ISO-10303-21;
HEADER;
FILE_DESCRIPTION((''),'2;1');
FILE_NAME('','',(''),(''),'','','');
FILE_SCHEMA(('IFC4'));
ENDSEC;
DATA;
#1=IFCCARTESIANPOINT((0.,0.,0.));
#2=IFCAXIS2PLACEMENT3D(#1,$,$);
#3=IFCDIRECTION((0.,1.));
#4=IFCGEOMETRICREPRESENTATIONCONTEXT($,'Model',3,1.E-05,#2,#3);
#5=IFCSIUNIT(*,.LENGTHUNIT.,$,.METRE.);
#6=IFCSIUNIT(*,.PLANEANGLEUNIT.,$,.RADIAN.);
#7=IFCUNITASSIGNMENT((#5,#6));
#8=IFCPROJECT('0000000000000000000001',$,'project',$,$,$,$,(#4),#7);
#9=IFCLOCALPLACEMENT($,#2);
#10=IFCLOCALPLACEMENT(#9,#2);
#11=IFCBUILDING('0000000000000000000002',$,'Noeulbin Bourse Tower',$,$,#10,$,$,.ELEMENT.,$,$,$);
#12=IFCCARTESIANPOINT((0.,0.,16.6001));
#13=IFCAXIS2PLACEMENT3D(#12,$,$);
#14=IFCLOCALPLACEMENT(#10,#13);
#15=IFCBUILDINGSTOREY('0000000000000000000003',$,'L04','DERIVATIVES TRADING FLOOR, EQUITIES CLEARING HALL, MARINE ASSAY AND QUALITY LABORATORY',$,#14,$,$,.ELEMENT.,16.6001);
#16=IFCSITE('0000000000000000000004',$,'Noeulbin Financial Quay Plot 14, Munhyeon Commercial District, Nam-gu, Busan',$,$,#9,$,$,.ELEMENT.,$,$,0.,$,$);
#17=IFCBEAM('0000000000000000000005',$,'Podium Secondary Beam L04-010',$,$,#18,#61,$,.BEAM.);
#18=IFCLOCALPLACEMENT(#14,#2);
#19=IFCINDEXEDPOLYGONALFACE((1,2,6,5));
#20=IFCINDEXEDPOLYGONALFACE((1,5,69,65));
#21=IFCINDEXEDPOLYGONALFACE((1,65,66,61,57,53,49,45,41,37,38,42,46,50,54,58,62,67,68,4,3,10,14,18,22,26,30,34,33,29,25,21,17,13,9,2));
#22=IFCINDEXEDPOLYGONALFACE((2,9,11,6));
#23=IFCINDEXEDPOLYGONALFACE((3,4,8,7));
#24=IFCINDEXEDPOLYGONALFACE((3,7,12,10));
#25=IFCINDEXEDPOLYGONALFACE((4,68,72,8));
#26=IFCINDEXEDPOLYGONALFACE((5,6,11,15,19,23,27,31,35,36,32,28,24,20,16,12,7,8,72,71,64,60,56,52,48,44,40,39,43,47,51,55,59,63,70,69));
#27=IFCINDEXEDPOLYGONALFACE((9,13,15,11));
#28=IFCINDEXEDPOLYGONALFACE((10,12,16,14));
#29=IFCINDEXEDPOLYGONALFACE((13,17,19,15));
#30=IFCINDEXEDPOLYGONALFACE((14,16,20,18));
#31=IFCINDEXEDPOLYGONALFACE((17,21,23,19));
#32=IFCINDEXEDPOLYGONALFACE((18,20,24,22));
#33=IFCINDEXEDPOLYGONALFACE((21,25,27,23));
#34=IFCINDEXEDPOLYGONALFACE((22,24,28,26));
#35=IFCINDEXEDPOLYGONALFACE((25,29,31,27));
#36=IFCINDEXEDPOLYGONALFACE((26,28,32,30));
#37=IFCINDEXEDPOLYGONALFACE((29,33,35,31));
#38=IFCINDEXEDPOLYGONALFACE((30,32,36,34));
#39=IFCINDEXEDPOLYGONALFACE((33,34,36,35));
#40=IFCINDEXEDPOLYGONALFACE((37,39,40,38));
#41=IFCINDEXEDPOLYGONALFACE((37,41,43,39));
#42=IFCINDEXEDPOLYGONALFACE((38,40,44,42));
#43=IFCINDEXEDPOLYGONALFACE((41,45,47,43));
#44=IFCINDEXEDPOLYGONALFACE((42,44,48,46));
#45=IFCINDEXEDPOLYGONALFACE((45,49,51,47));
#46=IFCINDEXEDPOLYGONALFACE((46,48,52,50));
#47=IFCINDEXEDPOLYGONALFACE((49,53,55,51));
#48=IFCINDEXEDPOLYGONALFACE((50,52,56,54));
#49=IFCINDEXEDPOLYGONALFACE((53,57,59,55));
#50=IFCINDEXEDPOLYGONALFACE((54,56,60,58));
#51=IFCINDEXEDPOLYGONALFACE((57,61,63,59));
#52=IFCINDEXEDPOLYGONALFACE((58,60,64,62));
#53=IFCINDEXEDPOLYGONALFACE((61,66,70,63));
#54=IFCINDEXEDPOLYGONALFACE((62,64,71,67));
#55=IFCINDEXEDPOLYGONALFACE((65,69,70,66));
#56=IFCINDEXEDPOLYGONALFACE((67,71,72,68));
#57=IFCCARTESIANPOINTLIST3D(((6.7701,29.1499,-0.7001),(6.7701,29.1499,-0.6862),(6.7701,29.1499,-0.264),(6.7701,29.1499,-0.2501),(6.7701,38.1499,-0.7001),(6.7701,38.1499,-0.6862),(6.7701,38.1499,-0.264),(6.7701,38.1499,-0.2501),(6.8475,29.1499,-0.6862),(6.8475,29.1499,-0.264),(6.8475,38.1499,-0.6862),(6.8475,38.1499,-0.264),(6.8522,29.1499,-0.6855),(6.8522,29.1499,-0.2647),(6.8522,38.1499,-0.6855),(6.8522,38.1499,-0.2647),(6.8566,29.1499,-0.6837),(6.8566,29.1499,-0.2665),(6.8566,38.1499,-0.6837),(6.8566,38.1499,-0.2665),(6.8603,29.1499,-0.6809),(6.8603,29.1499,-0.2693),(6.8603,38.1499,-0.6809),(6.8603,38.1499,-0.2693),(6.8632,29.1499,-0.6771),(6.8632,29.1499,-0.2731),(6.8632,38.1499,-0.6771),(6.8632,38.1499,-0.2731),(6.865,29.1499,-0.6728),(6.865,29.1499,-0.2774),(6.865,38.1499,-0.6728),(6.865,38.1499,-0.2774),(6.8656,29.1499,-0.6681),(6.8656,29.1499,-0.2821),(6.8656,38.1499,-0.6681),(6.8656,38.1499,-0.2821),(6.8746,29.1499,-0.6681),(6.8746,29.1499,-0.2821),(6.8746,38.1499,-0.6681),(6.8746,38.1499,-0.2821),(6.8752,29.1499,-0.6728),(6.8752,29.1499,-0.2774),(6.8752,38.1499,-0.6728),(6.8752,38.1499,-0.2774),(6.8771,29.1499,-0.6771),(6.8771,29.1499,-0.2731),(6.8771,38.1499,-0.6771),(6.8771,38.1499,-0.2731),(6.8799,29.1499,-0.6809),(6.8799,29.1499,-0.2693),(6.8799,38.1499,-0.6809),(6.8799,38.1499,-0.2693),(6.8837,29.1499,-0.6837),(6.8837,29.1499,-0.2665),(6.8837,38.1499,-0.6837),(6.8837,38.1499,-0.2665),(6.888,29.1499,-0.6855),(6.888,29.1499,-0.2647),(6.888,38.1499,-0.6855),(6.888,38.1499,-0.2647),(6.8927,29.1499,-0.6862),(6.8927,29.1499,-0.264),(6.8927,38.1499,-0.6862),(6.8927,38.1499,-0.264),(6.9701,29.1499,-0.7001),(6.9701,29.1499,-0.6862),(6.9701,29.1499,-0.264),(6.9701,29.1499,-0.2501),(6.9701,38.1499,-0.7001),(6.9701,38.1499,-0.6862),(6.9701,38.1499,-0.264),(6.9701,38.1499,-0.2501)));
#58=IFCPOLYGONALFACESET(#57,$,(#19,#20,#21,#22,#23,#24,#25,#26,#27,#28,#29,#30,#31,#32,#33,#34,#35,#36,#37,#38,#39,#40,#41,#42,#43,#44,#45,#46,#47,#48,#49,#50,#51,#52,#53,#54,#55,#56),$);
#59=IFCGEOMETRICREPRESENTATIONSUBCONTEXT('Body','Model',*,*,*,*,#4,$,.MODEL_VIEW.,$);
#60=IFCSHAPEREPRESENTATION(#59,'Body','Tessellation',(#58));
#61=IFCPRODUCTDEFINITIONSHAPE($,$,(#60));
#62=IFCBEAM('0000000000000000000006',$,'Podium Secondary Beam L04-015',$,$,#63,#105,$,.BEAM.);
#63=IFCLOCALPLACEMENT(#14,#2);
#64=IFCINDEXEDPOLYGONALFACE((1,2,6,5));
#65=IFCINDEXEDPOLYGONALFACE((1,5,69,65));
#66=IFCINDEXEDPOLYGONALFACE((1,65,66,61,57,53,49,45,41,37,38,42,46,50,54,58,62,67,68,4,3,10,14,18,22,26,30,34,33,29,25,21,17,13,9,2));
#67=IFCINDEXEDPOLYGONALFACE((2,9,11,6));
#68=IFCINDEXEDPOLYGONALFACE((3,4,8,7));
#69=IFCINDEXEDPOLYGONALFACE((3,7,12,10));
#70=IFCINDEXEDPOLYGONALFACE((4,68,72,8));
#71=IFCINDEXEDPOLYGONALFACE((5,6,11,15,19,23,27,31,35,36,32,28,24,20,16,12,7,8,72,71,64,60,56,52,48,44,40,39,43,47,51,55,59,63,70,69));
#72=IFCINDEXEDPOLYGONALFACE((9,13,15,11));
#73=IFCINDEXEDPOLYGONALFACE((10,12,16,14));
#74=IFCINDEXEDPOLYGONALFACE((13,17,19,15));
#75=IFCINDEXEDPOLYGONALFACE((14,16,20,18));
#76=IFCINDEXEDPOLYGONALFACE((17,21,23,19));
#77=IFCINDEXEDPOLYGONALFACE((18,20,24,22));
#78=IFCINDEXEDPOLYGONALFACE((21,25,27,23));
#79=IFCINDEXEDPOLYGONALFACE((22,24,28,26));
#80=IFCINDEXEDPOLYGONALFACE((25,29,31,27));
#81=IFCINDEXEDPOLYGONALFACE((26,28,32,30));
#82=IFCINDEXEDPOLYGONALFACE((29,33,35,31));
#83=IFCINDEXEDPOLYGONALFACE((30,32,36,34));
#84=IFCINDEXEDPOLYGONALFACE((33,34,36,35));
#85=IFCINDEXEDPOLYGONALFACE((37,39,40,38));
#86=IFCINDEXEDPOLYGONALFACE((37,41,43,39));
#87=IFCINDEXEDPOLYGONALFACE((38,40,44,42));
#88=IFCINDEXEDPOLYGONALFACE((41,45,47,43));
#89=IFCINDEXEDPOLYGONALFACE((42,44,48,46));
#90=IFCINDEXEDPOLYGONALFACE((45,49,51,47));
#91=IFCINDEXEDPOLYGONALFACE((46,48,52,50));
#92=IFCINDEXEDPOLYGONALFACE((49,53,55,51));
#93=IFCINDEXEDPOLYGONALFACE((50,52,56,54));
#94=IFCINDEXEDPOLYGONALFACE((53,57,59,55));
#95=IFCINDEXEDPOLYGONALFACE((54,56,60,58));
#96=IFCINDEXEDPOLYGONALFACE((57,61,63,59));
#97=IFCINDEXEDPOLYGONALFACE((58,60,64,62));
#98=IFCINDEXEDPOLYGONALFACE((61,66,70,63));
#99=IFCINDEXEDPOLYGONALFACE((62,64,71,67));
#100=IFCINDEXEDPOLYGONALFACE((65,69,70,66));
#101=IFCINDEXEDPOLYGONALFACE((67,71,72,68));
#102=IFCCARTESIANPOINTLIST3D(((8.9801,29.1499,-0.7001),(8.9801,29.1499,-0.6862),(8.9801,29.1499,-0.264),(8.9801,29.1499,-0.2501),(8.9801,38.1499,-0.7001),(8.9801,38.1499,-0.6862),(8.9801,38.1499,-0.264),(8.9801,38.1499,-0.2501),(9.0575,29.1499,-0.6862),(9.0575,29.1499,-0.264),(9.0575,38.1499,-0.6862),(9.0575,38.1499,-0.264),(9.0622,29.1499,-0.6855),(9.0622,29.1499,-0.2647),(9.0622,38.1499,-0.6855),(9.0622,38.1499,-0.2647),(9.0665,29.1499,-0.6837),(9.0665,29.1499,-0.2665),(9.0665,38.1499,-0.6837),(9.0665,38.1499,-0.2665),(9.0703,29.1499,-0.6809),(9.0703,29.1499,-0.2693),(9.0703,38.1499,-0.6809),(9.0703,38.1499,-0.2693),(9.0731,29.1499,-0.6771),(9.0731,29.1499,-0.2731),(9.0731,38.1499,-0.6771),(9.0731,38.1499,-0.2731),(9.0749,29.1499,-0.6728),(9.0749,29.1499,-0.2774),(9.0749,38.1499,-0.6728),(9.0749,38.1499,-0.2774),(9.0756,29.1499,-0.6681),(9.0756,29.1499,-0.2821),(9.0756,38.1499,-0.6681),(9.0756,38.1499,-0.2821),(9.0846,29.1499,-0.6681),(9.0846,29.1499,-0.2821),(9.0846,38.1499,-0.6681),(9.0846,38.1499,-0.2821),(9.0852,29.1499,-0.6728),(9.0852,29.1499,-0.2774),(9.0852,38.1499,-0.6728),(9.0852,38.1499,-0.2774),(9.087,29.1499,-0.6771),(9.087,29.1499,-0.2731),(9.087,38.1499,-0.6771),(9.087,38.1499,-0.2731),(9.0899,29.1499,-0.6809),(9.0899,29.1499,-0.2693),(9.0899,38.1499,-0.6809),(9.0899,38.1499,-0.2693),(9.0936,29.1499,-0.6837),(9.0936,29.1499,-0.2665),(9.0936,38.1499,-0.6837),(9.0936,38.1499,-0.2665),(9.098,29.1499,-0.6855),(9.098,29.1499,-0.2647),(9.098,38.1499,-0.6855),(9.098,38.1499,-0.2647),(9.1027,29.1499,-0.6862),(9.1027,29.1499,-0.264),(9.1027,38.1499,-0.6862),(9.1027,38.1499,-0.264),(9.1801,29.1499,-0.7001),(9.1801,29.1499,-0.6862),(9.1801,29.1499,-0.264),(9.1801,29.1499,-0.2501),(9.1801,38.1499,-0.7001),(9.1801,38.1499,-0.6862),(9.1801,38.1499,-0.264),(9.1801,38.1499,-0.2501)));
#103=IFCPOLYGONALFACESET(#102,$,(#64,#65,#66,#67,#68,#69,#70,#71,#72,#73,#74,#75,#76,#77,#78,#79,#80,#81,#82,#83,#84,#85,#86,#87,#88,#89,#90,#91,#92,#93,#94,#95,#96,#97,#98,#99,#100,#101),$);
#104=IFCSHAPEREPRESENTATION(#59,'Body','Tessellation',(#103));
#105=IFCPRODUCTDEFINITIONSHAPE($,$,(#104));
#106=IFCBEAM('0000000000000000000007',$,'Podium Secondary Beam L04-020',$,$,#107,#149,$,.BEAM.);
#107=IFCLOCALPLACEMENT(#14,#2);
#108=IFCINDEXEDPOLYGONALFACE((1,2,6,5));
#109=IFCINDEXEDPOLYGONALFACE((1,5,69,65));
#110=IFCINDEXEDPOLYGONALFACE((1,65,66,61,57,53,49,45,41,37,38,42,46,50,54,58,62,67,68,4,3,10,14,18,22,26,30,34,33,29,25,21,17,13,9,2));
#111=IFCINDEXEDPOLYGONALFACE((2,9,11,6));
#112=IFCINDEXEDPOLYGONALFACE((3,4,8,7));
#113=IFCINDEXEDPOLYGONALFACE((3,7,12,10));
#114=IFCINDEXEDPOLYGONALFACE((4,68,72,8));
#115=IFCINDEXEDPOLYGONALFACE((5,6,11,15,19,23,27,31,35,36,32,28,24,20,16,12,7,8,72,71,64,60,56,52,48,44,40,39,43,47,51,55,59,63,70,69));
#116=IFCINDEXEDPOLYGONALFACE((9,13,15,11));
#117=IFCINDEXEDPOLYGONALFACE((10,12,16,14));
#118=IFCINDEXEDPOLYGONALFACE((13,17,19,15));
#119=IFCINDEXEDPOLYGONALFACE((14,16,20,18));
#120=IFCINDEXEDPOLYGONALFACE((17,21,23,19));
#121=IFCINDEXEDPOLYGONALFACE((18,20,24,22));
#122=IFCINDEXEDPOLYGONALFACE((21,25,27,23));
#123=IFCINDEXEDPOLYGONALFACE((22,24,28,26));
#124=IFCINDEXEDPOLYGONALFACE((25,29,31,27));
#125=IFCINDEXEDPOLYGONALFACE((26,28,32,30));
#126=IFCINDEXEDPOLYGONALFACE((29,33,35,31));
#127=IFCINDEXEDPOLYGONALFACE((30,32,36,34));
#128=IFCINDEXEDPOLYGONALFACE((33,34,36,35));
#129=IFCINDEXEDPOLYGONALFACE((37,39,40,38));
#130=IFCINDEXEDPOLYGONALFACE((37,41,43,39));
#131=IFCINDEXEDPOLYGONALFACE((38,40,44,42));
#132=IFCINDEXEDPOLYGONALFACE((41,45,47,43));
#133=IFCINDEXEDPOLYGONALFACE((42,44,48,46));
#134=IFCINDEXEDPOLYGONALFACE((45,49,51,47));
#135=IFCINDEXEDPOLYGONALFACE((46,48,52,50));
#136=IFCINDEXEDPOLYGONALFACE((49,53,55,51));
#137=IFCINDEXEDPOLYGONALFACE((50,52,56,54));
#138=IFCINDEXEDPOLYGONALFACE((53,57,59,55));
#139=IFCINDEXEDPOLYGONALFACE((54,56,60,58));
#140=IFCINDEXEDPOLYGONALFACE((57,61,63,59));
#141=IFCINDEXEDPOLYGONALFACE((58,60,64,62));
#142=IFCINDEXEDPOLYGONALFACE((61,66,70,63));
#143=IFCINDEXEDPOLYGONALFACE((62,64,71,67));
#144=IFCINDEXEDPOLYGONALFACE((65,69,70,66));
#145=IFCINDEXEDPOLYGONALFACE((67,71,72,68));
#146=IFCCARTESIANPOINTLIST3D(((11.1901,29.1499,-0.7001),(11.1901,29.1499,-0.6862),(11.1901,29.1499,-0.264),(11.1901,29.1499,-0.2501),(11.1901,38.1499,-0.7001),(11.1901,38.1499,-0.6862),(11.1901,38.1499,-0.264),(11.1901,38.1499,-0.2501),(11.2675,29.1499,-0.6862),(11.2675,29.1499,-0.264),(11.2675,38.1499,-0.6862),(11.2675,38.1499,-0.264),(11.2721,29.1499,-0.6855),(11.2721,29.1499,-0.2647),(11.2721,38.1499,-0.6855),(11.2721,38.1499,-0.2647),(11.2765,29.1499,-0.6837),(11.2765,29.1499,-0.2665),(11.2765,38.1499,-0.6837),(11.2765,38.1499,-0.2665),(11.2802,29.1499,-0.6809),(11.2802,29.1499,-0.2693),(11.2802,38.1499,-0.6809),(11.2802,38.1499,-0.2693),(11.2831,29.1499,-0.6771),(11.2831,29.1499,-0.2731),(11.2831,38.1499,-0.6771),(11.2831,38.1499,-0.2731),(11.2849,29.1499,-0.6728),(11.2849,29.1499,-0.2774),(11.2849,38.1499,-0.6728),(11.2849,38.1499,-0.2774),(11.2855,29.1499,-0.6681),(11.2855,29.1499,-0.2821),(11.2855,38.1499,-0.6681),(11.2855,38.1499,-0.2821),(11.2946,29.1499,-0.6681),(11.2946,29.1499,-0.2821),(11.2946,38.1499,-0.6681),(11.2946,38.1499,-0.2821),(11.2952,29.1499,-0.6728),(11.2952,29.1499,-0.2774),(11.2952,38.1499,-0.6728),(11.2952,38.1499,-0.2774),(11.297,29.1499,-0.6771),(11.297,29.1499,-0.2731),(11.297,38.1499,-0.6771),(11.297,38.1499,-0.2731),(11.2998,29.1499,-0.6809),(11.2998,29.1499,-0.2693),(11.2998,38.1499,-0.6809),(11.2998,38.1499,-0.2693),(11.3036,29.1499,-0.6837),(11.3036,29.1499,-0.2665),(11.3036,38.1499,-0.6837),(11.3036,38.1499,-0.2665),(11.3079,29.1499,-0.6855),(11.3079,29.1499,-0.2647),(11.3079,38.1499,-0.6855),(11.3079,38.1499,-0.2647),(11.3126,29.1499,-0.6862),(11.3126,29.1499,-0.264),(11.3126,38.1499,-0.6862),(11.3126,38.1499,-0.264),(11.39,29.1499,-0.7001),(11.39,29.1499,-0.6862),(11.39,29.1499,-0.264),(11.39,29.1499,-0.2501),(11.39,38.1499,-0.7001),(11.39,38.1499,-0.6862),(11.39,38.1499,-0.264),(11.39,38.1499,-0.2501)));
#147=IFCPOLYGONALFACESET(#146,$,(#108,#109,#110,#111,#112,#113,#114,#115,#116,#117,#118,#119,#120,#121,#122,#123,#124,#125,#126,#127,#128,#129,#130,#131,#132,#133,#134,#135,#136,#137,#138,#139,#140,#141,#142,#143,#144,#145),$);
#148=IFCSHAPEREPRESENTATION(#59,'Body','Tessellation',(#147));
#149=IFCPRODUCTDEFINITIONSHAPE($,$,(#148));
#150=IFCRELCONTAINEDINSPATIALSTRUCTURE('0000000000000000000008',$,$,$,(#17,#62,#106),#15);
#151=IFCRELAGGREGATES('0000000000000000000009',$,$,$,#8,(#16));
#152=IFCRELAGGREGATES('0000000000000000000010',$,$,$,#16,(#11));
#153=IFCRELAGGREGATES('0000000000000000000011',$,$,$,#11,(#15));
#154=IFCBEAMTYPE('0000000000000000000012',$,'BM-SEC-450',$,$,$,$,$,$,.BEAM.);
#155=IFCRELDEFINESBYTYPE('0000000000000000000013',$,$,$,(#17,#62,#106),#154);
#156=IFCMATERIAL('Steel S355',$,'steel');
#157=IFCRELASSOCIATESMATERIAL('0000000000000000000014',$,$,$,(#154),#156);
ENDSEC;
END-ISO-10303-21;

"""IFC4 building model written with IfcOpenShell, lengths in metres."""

from ifc_helpers import new_model, si_unit, direction, frame, origin, origin_2d, place, context, subcontext, project, spatial, i_section, extrude, material, material_profile, profile_set, type_object, element, save


model = new_model("IFC4")

# Units and contexts
model_context = context("Model", 3, precision=1e-05, world=origin(), true_north=direction((0.0, 1.0)))
body_context = subcontext(model_context, "Body", "Model", "MODEL_VIEW")
ifc_project = project(units=[si_unit("LENGTHUNIT", "METRE"), si_unit("PLANEANGLEUNIT", "RADIAN")], contexts=[model_context])

# Site, building, storey
site_placement = place(None, origin())
site = spatial("IfcSite", under=ifc_project, at=site_placement, Name="Noeulbin Financial Quay Plot 14, Munhyeon Commercial District, Nam-gu, Busan", CompositionType="ELEMENT", RefElevation=0.0)
building_placement = place(site_placement, origin())
building = spatial("IfcBuilding", under=site, at=building_placement, Name="Noeulbin Bourse Tower", CompositionType="ELEMENT")
storey_placement = place(building_placement, frame((0.0, 0.0, 16.6001)))
storey = spatial("IfcBuildingStorey", under=building, at=storey_placement, Name="L04", Description="DERIVATIVES TRADING FLOOR, EQUITIES CLEARING HALL, MARINE ASSAY AND QUALITY LABORATORY", CompositionType="ELEMENT", Elevation=16.6001)

# Beams
ifc_material_1 = material(Name="Steel S355", Category="steel")
ifc_material_profile_1 = material_profile(ifc_material_1, i_section(OverallWidth=0.2, OverallDepth=0.45, WebThickness=0.009, FlangeThickness=0.0139, FilletRadius=0.0181, at=origin_2d()), Name="H-450x200x9x14", Category="LoadBearing")
ifc_profile_set_1 = profile_set([ifc_material_profile_1], Name="Steel S355")
beam_type_1 = type_object("IfcBeamType", Name="BM-SEC-450", PredefinedType="BEAM", material=ifc_profile_set_1)
for number, where, z_axis, x_axis, name in (
    (1, (6.8701, 29.1499, -0.4751), (0.0, 1.0, 0.0), (-1.0, 0.0, 0.0), "Podium Secondary Beam L04-010"),
    (2, (9.0801, 29.1499, -0.4751), (0.0, 1.0, 0.0), (-1.0, 0.0, 0.0), "Podium Secondary Beam L04-015"),
    (3, (11.29, 29.1499, -0.4751), (0.0, 1.0, 0.0), (-1.0, 0.0, 0.0), "Podium Secondary Beam L04-020"),
):
    element("IfcBeam", number, at=place(storey_placement, frame(where, z_axis=z_axis, x_axis=x_axis)), inside=storey, type_object=beam_type_1, Name=name, PredefinedType="BEAM", context=body_context, shape_type="SweptSolid", body=[
        extrude(i_section(OverallWidth=0.2, OverallDepth=0.45, WebThickness=0.009, FlangeThickness=0.0139, FilletRadius=0.0181, at=origin_2d()), origin(), (0.0, 0.0, 1.0), 9.0),
    ])

save(model, "model.ifc")
